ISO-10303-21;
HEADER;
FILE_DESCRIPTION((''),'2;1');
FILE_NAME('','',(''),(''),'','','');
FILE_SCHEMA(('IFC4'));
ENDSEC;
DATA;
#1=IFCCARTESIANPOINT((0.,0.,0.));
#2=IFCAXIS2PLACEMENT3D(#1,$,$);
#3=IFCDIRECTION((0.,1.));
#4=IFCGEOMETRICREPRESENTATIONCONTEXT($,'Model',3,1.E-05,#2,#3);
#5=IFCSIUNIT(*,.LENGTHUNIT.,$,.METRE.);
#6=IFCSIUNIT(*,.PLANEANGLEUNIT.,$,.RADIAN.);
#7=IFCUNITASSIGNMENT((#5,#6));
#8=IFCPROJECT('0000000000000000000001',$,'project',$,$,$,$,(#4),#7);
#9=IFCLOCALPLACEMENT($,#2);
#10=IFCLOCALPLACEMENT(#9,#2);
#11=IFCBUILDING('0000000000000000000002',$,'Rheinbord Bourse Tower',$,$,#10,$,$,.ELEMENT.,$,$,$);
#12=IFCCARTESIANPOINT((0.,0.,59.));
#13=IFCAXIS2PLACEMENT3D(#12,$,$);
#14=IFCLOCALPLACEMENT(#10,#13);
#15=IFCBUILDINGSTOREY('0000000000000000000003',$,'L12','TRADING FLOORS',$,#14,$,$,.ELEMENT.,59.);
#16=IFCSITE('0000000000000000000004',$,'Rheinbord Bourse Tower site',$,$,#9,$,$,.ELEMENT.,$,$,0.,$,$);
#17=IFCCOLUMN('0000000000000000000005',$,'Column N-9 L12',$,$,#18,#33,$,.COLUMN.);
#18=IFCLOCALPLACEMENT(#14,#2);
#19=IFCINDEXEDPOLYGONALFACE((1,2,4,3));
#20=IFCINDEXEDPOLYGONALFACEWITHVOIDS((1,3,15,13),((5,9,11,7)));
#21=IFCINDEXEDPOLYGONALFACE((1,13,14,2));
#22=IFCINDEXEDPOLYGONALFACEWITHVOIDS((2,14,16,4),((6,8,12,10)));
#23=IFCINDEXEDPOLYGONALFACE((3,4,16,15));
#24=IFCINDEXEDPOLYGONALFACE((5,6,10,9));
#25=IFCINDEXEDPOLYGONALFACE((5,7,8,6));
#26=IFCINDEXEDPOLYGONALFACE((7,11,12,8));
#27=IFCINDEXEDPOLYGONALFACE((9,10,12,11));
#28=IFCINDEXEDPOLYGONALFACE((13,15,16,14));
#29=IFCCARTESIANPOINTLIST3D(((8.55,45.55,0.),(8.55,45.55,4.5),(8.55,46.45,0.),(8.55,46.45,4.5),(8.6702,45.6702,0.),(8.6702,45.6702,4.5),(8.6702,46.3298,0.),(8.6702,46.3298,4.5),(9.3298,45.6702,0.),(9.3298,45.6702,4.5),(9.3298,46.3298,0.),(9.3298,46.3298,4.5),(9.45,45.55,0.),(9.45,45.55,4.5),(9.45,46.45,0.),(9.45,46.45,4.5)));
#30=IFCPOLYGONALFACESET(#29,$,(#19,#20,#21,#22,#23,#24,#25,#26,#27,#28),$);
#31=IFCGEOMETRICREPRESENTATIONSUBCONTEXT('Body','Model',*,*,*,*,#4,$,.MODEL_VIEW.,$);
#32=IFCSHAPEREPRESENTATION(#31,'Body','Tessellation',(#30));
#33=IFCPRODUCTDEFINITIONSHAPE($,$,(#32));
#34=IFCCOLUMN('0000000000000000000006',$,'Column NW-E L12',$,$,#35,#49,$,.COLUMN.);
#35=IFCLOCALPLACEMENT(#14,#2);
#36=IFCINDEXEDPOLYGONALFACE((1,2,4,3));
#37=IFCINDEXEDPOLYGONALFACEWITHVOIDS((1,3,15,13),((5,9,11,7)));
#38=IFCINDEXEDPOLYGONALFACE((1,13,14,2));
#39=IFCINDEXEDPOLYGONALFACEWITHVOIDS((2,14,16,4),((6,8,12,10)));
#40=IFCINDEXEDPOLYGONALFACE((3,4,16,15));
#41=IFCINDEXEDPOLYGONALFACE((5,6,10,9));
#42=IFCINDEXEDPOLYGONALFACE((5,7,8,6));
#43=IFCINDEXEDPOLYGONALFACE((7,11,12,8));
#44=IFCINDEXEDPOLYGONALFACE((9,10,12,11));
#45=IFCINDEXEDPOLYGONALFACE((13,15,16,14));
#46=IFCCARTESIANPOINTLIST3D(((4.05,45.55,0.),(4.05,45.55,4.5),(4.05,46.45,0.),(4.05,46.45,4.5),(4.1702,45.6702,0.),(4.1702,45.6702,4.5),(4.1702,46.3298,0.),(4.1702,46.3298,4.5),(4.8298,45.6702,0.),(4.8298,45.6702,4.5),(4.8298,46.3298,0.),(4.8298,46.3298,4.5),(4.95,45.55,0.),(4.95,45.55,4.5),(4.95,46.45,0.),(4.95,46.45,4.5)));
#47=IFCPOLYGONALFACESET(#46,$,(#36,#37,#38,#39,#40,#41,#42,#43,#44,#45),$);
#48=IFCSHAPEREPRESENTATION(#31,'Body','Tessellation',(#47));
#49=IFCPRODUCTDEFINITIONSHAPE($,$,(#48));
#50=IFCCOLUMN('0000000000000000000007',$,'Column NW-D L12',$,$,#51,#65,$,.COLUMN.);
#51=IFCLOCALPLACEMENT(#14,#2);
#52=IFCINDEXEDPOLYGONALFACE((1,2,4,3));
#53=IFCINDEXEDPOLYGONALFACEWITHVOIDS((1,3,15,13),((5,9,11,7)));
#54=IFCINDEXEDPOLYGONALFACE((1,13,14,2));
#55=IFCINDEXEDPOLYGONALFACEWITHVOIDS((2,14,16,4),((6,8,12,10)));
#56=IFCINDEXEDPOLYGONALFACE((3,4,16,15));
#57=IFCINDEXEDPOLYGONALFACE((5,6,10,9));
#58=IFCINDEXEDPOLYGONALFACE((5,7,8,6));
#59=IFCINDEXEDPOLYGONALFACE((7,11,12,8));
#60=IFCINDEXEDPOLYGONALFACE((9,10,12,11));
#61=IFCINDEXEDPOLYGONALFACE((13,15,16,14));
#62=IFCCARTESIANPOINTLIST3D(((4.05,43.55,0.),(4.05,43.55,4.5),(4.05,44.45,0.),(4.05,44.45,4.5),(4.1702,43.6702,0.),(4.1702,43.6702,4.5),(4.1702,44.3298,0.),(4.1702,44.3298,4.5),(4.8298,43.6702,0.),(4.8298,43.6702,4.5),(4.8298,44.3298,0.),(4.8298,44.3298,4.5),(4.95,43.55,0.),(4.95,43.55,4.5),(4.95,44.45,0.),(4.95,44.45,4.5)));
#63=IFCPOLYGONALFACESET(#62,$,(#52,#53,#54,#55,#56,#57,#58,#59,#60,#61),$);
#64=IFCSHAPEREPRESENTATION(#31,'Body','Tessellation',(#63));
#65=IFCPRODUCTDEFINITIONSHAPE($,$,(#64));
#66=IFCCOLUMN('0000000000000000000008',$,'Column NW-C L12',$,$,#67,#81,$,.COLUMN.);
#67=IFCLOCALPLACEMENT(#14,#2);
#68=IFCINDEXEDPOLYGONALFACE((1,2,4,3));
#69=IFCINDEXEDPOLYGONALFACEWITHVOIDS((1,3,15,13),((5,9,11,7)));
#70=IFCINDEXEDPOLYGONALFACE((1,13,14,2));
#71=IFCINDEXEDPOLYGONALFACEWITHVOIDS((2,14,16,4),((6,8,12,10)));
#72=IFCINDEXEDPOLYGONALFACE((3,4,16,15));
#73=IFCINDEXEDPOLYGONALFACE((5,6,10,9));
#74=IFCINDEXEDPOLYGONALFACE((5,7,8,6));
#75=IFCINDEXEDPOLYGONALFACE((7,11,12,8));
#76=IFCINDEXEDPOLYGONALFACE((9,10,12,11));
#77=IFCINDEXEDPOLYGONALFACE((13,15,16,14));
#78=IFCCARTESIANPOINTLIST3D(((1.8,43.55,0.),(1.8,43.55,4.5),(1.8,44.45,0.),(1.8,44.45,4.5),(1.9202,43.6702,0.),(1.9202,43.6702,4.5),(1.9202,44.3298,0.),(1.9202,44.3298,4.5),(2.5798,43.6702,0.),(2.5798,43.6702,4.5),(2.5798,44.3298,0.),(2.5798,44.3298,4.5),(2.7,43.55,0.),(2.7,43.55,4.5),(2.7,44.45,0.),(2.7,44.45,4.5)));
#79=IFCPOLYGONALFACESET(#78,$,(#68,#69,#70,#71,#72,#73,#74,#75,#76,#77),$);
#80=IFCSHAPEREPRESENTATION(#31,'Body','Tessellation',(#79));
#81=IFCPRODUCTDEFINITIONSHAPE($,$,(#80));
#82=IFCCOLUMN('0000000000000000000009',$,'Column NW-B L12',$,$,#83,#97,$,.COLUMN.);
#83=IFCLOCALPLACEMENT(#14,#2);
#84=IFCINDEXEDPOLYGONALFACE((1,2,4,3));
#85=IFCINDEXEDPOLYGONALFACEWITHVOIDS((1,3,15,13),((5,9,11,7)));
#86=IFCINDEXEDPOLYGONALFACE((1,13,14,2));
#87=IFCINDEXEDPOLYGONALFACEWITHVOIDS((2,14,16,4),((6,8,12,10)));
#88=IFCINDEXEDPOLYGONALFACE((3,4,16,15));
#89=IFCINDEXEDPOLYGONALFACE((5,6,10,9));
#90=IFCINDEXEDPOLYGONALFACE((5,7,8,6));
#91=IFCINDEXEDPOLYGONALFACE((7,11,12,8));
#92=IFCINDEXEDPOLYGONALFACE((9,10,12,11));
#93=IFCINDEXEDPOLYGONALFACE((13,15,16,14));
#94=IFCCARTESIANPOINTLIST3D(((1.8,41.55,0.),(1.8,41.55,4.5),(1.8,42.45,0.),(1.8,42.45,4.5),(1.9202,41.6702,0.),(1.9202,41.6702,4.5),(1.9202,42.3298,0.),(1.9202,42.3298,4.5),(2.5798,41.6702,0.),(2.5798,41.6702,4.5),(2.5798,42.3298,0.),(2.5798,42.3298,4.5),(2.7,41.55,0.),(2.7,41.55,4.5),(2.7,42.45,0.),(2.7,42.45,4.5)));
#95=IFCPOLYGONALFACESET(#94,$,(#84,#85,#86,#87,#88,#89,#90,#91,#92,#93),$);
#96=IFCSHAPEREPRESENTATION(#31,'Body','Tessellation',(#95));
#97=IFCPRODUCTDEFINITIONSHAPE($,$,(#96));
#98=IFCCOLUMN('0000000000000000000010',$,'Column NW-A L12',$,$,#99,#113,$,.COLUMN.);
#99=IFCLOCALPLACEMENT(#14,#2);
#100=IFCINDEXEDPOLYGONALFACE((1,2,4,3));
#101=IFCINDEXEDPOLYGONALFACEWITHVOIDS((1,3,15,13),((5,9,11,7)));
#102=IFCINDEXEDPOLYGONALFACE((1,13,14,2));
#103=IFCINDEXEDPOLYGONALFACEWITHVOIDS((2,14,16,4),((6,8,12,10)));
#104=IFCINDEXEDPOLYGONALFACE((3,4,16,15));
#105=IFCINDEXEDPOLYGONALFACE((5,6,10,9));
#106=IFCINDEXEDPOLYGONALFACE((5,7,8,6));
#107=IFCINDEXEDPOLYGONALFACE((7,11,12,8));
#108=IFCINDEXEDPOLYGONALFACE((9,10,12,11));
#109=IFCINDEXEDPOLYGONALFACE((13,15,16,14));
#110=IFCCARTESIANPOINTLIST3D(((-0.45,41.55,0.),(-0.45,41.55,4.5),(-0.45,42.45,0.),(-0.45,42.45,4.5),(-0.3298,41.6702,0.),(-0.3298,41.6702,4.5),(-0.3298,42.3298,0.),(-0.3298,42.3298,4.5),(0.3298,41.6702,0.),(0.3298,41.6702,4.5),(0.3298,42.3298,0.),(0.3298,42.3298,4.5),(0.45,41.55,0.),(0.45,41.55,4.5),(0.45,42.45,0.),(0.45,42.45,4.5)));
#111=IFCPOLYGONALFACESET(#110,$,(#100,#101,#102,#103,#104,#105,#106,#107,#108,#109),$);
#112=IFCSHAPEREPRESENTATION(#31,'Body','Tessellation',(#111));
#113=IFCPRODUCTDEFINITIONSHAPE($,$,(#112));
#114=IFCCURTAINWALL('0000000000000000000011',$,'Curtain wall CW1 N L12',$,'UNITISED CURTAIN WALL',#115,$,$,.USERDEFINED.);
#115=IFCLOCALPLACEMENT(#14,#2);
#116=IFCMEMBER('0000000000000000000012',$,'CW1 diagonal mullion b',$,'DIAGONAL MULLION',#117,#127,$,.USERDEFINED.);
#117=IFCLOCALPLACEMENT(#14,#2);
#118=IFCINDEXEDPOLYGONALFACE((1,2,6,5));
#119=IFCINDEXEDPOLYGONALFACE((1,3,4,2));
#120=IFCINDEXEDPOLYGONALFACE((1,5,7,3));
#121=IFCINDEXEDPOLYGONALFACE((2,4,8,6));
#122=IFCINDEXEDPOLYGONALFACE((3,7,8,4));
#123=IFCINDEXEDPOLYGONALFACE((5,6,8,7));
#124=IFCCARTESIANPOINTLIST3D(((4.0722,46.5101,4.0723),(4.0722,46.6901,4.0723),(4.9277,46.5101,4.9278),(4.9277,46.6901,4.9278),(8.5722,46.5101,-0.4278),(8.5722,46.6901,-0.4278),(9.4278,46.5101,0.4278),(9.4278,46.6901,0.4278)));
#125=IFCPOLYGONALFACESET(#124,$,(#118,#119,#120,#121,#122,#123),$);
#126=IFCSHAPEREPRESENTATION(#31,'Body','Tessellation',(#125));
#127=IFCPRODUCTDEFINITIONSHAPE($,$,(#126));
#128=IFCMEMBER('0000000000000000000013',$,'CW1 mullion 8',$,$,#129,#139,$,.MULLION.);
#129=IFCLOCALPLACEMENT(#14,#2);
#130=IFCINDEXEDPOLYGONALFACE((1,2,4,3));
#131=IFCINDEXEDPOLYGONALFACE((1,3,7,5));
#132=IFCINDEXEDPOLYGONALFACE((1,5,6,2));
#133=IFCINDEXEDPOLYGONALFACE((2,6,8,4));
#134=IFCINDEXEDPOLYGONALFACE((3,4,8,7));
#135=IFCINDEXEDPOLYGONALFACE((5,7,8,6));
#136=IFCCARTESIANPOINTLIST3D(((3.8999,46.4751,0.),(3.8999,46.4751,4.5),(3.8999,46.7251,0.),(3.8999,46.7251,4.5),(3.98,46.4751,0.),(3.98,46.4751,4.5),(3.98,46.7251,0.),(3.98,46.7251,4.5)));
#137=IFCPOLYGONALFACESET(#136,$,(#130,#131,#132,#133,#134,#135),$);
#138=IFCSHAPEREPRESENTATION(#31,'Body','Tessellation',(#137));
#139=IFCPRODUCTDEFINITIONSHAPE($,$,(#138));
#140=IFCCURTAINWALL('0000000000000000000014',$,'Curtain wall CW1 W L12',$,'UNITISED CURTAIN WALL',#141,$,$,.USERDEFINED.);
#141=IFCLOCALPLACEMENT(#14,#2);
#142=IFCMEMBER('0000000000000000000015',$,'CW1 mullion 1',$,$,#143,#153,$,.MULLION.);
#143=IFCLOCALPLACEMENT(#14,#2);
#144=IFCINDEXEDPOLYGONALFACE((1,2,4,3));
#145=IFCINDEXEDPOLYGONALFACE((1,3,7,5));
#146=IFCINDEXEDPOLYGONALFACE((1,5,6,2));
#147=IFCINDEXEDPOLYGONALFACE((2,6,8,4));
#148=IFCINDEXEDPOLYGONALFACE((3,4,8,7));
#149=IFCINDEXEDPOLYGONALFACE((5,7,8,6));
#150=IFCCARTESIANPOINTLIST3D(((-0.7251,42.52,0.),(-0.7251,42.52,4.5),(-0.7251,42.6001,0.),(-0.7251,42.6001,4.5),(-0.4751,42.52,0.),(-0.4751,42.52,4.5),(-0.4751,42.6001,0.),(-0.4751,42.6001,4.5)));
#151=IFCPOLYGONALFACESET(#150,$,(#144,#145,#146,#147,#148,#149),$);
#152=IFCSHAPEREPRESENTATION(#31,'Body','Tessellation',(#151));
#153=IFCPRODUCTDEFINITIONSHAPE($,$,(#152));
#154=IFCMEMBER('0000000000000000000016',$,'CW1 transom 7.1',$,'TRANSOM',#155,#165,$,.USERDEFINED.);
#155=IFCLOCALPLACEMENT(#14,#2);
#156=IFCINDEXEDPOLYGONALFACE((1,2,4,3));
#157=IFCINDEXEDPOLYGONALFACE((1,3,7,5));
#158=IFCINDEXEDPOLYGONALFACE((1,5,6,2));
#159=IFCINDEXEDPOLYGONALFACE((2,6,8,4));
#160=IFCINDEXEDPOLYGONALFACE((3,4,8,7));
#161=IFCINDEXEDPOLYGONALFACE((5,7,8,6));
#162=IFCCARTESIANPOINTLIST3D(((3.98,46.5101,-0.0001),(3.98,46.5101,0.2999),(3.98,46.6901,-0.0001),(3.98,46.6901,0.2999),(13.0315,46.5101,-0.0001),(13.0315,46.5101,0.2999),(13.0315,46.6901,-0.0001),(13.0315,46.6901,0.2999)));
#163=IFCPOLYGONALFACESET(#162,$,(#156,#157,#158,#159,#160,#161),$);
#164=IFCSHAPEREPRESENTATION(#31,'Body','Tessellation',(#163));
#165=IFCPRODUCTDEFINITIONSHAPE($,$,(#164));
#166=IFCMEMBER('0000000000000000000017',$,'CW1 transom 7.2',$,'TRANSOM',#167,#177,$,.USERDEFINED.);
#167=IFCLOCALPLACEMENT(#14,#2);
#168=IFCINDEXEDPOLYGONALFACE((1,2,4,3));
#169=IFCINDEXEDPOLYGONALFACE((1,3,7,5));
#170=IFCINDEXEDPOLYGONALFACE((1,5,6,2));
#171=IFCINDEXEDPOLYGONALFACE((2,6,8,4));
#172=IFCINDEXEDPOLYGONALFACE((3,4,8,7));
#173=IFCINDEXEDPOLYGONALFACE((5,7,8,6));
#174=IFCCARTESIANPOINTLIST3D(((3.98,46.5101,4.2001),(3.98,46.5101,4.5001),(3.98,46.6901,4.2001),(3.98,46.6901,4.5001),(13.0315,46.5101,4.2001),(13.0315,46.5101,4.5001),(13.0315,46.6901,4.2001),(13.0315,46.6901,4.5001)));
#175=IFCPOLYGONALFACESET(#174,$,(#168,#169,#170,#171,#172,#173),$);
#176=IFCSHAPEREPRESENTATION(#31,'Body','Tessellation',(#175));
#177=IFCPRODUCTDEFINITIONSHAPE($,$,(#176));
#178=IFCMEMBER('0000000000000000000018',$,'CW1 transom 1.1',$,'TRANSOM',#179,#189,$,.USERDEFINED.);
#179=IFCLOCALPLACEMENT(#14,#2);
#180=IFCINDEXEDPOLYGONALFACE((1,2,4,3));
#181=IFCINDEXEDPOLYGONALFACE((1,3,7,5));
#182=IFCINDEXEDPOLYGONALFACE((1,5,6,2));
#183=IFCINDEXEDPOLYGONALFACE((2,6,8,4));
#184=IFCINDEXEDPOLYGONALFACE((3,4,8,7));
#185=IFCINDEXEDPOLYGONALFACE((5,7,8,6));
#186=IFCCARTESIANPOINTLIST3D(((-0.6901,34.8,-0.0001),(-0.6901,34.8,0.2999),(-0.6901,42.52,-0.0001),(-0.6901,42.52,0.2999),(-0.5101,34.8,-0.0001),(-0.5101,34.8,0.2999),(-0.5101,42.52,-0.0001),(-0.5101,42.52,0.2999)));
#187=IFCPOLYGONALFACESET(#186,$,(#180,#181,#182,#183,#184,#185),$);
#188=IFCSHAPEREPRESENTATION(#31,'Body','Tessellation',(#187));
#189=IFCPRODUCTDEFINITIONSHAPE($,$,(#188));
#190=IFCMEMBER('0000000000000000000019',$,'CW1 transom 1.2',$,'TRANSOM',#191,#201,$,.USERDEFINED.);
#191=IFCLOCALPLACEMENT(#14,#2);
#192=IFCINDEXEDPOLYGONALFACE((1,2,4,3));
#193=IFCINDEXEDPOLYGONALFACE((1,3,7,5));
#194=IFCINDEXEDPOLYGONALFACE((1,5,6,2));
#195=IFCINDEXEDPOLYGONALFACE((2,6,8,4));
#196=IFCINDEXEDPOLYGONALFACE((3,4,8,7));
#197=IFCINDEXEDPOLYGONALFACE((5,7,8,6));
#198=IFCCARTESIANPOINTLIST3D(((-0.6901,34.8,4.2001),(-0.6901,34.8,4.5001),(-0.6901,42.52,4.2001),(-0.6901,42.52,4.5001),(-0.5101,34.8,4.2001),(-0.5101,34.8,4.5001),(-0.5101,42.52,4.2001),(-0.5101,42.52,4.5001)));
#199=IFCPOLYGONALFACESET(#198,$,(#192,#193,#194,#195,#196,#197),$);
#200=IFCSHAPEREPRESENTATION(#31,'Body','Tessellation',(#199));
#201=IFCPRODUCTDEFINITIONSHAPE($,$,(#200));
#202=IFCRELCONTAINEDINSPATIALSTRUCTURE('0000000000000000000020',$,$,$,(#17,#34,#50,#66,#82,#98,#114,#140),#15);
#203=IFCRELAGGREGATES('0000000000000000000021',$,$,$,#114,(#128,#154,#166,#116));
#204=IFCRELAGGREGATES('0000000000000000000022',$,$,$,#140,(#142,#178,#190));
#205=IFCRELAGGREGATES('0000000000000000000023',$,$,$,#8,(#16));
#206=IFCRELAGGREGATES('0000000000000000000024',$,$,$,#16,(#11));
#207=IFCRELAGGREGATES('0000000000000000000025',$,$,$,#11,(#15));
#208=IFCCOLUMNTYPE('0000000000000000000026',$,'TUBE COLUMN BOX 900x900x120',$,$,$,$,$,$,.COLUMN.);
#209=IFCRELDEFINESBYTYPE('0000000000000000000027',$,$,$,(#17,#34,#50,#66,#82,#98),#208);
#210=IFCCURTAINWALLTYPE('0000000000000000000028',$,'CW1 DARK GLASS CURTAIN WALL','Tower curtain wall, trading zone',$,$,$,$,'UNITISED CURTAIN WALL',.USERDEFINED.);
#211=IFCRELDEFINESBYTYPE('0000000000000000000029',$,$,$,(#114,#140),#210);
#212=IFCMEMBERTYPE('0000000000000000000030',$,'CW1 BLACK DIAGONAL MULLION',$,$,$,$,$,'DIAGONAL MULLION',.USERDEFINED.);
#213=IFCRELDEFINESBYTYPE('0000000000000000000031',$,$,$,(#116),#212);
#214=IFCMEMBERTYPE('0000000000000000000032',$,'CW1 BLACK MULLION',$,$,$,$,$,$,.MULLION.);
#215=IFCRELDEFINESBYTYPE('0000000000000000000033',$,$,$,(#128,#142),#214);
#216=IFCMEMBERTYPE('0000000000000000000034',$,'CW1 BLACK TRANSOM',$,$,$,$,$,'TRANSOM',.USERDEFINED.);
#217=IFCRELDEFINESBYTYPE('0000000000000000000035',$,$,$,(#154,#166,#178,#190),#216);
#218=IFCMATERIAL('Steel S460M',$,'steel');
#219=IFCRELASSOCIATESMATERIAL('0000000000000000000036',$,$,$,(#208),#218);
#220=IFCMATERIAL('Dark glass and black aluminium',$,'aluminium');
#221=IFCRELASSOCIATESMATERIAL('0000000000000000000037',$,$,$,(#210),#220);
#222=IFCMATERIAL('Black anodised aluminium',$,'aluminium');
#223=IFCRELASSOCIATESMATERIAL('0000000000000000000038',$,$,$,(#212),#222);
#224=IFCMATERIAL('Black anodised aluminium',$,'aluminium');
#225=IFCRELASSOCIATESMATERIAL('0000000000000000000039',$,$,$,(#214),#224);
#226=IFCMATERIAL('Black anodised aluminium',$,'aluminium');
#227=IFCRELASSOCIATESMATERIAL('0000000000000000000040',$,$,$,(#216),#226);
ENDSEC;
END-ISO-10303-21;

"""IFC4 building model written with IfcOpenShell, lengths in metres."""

from ifc_helpers import new_model, si_unit, direction, frame, origin, origin_2d, place, context, subcontext, project, spatial, rectangle, hollow_rectangle, extrude, material, material_profile, profile_set, type_object, element, aggregate, save


model = new_model("IFC4")

# Units and contexts
model_context = context("Model", 3, precision=1e-05, world=origin(), true_north=direction((0.0, 1.0)))
body_context = subcontext(model_context, "Body", "Model", "MODEL_VIEW")
ifc_project = project(units=[si_unit("LENGTHUNIT", "METRE"), si_unit("PLANEANGLEUNIT", "RADIAN")], contexts=[model_context])

# Site, building, storey
site_placement = place(None, origin())
site = spatial("IfcSite", under=ifc_project, at=site_placement, Name="Rheinbord Bourse Tower site", CompositionType="ELEMENT", RefElevation=0.0)
building_placement = place(site_placement, origin())
building = spatial("IfcBuilding", under=site, at=building_placement, Name="Rheinbord Bourse Tower", CompositionType="ELEMENT")
storey_placement = place(building_placement, frame((0.0, 0.0, 59.0)))
storey = spatial("IfcBuildingStorey", under=building, at=storey_placement, Name="L12", Description="TRADING FLOORS", CompositionType="ELEMENT", Elevation=59.0)

# Columns
ifc_material_1 = material(Name="Steel S460M", Category="steel")
ifc_material_profile_1 = material_profile(ifc_material_1, hollow_rectangle(XDim=0.8999, YDim=0.8999, WallThickness=0.1201, at=origin_2d()), Name="BOX 900x900x120")
ifc_profile_set_1 = profile_set([ifc_material_profile_1], Name="Steel S460M")
column_type = type_object("IfcColumnType", Name="TUBE COLUMN BOX 900x900x120", PredefinedType="COLUMN", material=ifc_profile_set_1)
for number, where, z_axis, x_axis, name in (
    (1, (9.0, 46.0, 0.0), (0.0, 0.0, 1.0), (0.0, 1.0, 0.0), "Column N-9 L12"),
    (2, (4.5, 46.0, 0.0), (0.0, 0.0, 1.0), (0.0, 1.0, 0.0), "Column NW-E L12"),
    (3, (4.5, 44.0, 0.0), (0.0, 0.0, 1.0), (0.0, 1.0, 0.0), "Column NW-D L12"),
    (4, (2.25, 44.0, 0.0), (0.0, 0.0, 1.0), (1.0, 0.0, 0.0), "Column NW-C L12"),
    (5, (2.25, 42.0, 0.0), (0.0, 0.0, 1.0), (1.0, 0.0, 0.0), "Column NW-B L12"),
    (6, (0.0, 42.0, 0.0), (0.0, 0.0, 1.0), (1.0, 0.0, 0.0), "Column NW-A L12"),
):
    element("IfcColumn", number, at=place(storey_placement, frame(where, z_axis=z_axis, x_axis=x_axis)), inside=storey, type_object=column_type, Name=name, PredefinedType="COLUMN", context=body_context, shape_type="SweptSolid", body=[
        extrude(hollow_rectangle(XDim=0.8999, YDim=0.8999, WallThickness=0.1201, at=origin_2d()), origin(), (0.0, 0.0, 1.0), 4.5),
    ])

# Curtain wall, members
ifc_material_2 = material(Name="Dark glass and black aluminium", Category="aluminium")
curtain_wall_type = type_object("IfcCurtainWallType", Name="CW1 DARK GLASS CURTAIN WALL", Description="Tower curtain wall, trading zone", ElementType="UNITISED CURTAIN WALL", PredefinedType="USERDEFINED", material=ifc_material_2)
curtain_wall_1_placement = place(storey_placement, origin())
curtain_wall_1 = element("IfcCurtainWall", 7, at=curtain_wall_1_placement, inside=storey, type_object=curtain_wall_type, Name="Curtain wall CW1 N L12", ObjectType="UNITISED CURTAIN WALL", PredefinedType="USERDEFINED")
ifc_material_3 = material(Name="Black anodised aluminium", Category="aluminium")
ifc_material_profile_2 = material_profile(ifc_material_3, rectangle(XDim=0.1799, YDim=1.21, at=origin_2d()), Name="CW1 DIAGONAL MULLION 1210x180")
ifc_profile_set_2 = profile_set([ifc_material_profile_2], Name="Black anodised aluminium")
member_type_1 = type_object("IfcMemberType", Name="CW1 BLACK DIAGONAL MULLION", ElementType="DIAGONAL MULLION", PredefinedType="USERDEFINED", material=ifc_profile_set_2)
member_1_placement = place(storey_placement, frame((9.0, 46.6001, 0.0), z_axis=(-0.707107, 0.0, 0.707107), x_axis=(0.0, -1.0, 0.0)))
member_1 = element("IfcMember", 8, at=member_1_placement, type_object=member_type_1, Name="CW1 diagonal mullion b", ObjectType="DIAGONAL MULLION", PredefinedType="USERDEFINED", context=body_context, shape_type="SweptSolid", body=[
    extrude(rectangle(XDim=0.1799, YDim=1.21, at=origin_2d()), origin(), (0.0, 0.0, 1.0), 6.364),
])
ifc_material_4 = material(Name="Black anodised aluminium", Category="aluminium")
ifc_material_profile_3 = material_profile(ifc_material_4, rectangle(XDim=0.25, YDim=0.0801, at=origin_2d()), Name="CW1 MULLION 80x250")
ifc_profile_set_3 = profile_set([ifc_material_profile_3], Name="Black anodised aluminium")
member_type_2 = type_object("IfcMemberType", Name="CW1 BLACK MULLION", PredefinedType="MULLION", material=ifc_profile_set_3)
member_2_placement = place(storey_placement, frame((3.9399, 46.6001, 0.0), z_axis=(0.0, 0.0, 1.0), x_axis=(0.0, -1.0, 0.0)))
member_2 = element("IfcMember", 9, at=member_2_placement, type_object=member_type_2, Name="CW1 mullion 8", PredefinedType="MULLION", context=body_context, shape_type="SweptSolid", body=[
    extrude(rectangle(XDim=0.25, YDim=0.0801, at=origin_2d()), origin(), (0.0, 0.0, 1.0), 4.5),
])

# Curtain wall, member
curtain_wall_2_placement = place(storey_placement, origin())
curtain_wall_2 = element("IfcCurtainWall", 10, at=curtain_wall_2_placement, inside=storey, type_object=curtain_wall_type, Name="Curtain wall CW1 W L12", ObjectType="UNITISED CURTAIN WALL", PredefinedType="USERDEFINED")
member_3_placement = place(storey_placement, frame((-0.6001, 42.5601, 0.0), z_axis=(0.0, 0.0, 1.0), x_axis=(1.0, 0.0, 0.0)))
member_3 = element("IfcMember", 11, at=member_3_placement, type_object=member_type_2, Name="CW1 mullion 1", PredefinedType="MULLION", context=body_context, shape_type="SweptSolid", body=[
    extrude(rectangle(XDim=0.25, YDim=0.0801, at=origin_2d()), origin(), (0.0, 0.0, 1.0), 4.5),
])

# Members
ifc_material_5 = material(Name="Black anodised aluminium", Category="aluminium")
ifc_material_profile_4 = material_profile(ifc_material_5, rectangle(XDim=0.1799, YDim=0.3, at=origin_2d()), Name="CW1 TRANSOM 300x180")
ifc_profile_set_4 = profile_set([ifc_material_profile_4], Name="Black anodised aluminium")
member_type_3 = type_object("IfcMemberType", Name="CW1 BLACK TRANSOM", ElementType="TRANSOM", PredefinedType="USERDEFINED", material=ifc_profile_set_4)
member_4_placement = place(storey_placement, frame((13.0315, 46.6001, 0.1499), z_axis=(-1.0, 0.0, 0.0), x_axis=(0.0, -1.0, 0.0)))
member_4 = element("IfcMember", 12, at=member_4_placement, type_object=member_type_3, Name="CW1 transom 7.1", ObjectType="TRANSOM", PredefinedType="USERDEFINED", context=body_context, shape_type="SweptSolid", body=[
    extrude(rectangle(XDim=0.1799, YDim=0.3, at=origin_2d()), origin(), (0.0, 0.0, 1.0), 9.0515),
])
member_5_placement = place(storey_placement, frame((13.0315, 46.6001, 4.3501), z_axis=(-1.0, 0.0, 0.0), x_axis=(0.0, -1.0, 0.0)))
member_5 = element("IfcMember", 13, at=member_5_placement, type_object=member_type_3, Name="CW1 transom 7.2", ObjectType="TRANSOM", PredefinedType="USERDEFINED", context=body_context, shape_type="SweptSolid", body=[
    extrude(rectangle(XDim=0.1799, YDim=0.3, at=origin_2d()), origin(), (0.0, 0.0, 1.0), 9.0515),
])
member_6_placement = place(storey_placement, frame((-0.6001, 42.52, 0.1499), z_axis=(0.0, -1.0, 0.0), x_axis=(1.0, 0.0, 0.0)))
member_6 = element("IfcMember", 14, at=member_6_placement, type_object=member_type_3, Name="CW1 transom 1.1", ObjectType="TRANSOM", PredefinedType="USERDEFINED", context=body_context, shape_type="SweptSolid", body=[
    extrude(rectangle(XDim=0.1799, YDim=0.3, at=origin_2d()), origin(), (0.0, 0.0, 1.0), 7.72),
])
member_7_placement = place(storey_placement, frame((-0.6001, 42.52, 4.3501), z_axis=(0.0, -1.0, 0.0), x_axis=(1.0, 0.0, 0.0)))
member_7 = element("IfcMember", 15, at=member_7_placement, type_object=member_type_3, Name="CW1 transom 1.2", ObjectType="TRANSOM", PredefinedType="USERDEFINED", context=body_context, shape_type="SweptSolid", body=[
    extrude(rectangle(XDim=0.1799, YDim=0.3, at=origin_2d()), origin(), (0.0, 0.0, 1.0), 7.72),
])

aggregate(curtain_wall_1, [member_2, member_4, member_5, member_1])
aggregate(curtain_wall_2, [member_3, member_6, member_7])

save(model, "model.ifc")
